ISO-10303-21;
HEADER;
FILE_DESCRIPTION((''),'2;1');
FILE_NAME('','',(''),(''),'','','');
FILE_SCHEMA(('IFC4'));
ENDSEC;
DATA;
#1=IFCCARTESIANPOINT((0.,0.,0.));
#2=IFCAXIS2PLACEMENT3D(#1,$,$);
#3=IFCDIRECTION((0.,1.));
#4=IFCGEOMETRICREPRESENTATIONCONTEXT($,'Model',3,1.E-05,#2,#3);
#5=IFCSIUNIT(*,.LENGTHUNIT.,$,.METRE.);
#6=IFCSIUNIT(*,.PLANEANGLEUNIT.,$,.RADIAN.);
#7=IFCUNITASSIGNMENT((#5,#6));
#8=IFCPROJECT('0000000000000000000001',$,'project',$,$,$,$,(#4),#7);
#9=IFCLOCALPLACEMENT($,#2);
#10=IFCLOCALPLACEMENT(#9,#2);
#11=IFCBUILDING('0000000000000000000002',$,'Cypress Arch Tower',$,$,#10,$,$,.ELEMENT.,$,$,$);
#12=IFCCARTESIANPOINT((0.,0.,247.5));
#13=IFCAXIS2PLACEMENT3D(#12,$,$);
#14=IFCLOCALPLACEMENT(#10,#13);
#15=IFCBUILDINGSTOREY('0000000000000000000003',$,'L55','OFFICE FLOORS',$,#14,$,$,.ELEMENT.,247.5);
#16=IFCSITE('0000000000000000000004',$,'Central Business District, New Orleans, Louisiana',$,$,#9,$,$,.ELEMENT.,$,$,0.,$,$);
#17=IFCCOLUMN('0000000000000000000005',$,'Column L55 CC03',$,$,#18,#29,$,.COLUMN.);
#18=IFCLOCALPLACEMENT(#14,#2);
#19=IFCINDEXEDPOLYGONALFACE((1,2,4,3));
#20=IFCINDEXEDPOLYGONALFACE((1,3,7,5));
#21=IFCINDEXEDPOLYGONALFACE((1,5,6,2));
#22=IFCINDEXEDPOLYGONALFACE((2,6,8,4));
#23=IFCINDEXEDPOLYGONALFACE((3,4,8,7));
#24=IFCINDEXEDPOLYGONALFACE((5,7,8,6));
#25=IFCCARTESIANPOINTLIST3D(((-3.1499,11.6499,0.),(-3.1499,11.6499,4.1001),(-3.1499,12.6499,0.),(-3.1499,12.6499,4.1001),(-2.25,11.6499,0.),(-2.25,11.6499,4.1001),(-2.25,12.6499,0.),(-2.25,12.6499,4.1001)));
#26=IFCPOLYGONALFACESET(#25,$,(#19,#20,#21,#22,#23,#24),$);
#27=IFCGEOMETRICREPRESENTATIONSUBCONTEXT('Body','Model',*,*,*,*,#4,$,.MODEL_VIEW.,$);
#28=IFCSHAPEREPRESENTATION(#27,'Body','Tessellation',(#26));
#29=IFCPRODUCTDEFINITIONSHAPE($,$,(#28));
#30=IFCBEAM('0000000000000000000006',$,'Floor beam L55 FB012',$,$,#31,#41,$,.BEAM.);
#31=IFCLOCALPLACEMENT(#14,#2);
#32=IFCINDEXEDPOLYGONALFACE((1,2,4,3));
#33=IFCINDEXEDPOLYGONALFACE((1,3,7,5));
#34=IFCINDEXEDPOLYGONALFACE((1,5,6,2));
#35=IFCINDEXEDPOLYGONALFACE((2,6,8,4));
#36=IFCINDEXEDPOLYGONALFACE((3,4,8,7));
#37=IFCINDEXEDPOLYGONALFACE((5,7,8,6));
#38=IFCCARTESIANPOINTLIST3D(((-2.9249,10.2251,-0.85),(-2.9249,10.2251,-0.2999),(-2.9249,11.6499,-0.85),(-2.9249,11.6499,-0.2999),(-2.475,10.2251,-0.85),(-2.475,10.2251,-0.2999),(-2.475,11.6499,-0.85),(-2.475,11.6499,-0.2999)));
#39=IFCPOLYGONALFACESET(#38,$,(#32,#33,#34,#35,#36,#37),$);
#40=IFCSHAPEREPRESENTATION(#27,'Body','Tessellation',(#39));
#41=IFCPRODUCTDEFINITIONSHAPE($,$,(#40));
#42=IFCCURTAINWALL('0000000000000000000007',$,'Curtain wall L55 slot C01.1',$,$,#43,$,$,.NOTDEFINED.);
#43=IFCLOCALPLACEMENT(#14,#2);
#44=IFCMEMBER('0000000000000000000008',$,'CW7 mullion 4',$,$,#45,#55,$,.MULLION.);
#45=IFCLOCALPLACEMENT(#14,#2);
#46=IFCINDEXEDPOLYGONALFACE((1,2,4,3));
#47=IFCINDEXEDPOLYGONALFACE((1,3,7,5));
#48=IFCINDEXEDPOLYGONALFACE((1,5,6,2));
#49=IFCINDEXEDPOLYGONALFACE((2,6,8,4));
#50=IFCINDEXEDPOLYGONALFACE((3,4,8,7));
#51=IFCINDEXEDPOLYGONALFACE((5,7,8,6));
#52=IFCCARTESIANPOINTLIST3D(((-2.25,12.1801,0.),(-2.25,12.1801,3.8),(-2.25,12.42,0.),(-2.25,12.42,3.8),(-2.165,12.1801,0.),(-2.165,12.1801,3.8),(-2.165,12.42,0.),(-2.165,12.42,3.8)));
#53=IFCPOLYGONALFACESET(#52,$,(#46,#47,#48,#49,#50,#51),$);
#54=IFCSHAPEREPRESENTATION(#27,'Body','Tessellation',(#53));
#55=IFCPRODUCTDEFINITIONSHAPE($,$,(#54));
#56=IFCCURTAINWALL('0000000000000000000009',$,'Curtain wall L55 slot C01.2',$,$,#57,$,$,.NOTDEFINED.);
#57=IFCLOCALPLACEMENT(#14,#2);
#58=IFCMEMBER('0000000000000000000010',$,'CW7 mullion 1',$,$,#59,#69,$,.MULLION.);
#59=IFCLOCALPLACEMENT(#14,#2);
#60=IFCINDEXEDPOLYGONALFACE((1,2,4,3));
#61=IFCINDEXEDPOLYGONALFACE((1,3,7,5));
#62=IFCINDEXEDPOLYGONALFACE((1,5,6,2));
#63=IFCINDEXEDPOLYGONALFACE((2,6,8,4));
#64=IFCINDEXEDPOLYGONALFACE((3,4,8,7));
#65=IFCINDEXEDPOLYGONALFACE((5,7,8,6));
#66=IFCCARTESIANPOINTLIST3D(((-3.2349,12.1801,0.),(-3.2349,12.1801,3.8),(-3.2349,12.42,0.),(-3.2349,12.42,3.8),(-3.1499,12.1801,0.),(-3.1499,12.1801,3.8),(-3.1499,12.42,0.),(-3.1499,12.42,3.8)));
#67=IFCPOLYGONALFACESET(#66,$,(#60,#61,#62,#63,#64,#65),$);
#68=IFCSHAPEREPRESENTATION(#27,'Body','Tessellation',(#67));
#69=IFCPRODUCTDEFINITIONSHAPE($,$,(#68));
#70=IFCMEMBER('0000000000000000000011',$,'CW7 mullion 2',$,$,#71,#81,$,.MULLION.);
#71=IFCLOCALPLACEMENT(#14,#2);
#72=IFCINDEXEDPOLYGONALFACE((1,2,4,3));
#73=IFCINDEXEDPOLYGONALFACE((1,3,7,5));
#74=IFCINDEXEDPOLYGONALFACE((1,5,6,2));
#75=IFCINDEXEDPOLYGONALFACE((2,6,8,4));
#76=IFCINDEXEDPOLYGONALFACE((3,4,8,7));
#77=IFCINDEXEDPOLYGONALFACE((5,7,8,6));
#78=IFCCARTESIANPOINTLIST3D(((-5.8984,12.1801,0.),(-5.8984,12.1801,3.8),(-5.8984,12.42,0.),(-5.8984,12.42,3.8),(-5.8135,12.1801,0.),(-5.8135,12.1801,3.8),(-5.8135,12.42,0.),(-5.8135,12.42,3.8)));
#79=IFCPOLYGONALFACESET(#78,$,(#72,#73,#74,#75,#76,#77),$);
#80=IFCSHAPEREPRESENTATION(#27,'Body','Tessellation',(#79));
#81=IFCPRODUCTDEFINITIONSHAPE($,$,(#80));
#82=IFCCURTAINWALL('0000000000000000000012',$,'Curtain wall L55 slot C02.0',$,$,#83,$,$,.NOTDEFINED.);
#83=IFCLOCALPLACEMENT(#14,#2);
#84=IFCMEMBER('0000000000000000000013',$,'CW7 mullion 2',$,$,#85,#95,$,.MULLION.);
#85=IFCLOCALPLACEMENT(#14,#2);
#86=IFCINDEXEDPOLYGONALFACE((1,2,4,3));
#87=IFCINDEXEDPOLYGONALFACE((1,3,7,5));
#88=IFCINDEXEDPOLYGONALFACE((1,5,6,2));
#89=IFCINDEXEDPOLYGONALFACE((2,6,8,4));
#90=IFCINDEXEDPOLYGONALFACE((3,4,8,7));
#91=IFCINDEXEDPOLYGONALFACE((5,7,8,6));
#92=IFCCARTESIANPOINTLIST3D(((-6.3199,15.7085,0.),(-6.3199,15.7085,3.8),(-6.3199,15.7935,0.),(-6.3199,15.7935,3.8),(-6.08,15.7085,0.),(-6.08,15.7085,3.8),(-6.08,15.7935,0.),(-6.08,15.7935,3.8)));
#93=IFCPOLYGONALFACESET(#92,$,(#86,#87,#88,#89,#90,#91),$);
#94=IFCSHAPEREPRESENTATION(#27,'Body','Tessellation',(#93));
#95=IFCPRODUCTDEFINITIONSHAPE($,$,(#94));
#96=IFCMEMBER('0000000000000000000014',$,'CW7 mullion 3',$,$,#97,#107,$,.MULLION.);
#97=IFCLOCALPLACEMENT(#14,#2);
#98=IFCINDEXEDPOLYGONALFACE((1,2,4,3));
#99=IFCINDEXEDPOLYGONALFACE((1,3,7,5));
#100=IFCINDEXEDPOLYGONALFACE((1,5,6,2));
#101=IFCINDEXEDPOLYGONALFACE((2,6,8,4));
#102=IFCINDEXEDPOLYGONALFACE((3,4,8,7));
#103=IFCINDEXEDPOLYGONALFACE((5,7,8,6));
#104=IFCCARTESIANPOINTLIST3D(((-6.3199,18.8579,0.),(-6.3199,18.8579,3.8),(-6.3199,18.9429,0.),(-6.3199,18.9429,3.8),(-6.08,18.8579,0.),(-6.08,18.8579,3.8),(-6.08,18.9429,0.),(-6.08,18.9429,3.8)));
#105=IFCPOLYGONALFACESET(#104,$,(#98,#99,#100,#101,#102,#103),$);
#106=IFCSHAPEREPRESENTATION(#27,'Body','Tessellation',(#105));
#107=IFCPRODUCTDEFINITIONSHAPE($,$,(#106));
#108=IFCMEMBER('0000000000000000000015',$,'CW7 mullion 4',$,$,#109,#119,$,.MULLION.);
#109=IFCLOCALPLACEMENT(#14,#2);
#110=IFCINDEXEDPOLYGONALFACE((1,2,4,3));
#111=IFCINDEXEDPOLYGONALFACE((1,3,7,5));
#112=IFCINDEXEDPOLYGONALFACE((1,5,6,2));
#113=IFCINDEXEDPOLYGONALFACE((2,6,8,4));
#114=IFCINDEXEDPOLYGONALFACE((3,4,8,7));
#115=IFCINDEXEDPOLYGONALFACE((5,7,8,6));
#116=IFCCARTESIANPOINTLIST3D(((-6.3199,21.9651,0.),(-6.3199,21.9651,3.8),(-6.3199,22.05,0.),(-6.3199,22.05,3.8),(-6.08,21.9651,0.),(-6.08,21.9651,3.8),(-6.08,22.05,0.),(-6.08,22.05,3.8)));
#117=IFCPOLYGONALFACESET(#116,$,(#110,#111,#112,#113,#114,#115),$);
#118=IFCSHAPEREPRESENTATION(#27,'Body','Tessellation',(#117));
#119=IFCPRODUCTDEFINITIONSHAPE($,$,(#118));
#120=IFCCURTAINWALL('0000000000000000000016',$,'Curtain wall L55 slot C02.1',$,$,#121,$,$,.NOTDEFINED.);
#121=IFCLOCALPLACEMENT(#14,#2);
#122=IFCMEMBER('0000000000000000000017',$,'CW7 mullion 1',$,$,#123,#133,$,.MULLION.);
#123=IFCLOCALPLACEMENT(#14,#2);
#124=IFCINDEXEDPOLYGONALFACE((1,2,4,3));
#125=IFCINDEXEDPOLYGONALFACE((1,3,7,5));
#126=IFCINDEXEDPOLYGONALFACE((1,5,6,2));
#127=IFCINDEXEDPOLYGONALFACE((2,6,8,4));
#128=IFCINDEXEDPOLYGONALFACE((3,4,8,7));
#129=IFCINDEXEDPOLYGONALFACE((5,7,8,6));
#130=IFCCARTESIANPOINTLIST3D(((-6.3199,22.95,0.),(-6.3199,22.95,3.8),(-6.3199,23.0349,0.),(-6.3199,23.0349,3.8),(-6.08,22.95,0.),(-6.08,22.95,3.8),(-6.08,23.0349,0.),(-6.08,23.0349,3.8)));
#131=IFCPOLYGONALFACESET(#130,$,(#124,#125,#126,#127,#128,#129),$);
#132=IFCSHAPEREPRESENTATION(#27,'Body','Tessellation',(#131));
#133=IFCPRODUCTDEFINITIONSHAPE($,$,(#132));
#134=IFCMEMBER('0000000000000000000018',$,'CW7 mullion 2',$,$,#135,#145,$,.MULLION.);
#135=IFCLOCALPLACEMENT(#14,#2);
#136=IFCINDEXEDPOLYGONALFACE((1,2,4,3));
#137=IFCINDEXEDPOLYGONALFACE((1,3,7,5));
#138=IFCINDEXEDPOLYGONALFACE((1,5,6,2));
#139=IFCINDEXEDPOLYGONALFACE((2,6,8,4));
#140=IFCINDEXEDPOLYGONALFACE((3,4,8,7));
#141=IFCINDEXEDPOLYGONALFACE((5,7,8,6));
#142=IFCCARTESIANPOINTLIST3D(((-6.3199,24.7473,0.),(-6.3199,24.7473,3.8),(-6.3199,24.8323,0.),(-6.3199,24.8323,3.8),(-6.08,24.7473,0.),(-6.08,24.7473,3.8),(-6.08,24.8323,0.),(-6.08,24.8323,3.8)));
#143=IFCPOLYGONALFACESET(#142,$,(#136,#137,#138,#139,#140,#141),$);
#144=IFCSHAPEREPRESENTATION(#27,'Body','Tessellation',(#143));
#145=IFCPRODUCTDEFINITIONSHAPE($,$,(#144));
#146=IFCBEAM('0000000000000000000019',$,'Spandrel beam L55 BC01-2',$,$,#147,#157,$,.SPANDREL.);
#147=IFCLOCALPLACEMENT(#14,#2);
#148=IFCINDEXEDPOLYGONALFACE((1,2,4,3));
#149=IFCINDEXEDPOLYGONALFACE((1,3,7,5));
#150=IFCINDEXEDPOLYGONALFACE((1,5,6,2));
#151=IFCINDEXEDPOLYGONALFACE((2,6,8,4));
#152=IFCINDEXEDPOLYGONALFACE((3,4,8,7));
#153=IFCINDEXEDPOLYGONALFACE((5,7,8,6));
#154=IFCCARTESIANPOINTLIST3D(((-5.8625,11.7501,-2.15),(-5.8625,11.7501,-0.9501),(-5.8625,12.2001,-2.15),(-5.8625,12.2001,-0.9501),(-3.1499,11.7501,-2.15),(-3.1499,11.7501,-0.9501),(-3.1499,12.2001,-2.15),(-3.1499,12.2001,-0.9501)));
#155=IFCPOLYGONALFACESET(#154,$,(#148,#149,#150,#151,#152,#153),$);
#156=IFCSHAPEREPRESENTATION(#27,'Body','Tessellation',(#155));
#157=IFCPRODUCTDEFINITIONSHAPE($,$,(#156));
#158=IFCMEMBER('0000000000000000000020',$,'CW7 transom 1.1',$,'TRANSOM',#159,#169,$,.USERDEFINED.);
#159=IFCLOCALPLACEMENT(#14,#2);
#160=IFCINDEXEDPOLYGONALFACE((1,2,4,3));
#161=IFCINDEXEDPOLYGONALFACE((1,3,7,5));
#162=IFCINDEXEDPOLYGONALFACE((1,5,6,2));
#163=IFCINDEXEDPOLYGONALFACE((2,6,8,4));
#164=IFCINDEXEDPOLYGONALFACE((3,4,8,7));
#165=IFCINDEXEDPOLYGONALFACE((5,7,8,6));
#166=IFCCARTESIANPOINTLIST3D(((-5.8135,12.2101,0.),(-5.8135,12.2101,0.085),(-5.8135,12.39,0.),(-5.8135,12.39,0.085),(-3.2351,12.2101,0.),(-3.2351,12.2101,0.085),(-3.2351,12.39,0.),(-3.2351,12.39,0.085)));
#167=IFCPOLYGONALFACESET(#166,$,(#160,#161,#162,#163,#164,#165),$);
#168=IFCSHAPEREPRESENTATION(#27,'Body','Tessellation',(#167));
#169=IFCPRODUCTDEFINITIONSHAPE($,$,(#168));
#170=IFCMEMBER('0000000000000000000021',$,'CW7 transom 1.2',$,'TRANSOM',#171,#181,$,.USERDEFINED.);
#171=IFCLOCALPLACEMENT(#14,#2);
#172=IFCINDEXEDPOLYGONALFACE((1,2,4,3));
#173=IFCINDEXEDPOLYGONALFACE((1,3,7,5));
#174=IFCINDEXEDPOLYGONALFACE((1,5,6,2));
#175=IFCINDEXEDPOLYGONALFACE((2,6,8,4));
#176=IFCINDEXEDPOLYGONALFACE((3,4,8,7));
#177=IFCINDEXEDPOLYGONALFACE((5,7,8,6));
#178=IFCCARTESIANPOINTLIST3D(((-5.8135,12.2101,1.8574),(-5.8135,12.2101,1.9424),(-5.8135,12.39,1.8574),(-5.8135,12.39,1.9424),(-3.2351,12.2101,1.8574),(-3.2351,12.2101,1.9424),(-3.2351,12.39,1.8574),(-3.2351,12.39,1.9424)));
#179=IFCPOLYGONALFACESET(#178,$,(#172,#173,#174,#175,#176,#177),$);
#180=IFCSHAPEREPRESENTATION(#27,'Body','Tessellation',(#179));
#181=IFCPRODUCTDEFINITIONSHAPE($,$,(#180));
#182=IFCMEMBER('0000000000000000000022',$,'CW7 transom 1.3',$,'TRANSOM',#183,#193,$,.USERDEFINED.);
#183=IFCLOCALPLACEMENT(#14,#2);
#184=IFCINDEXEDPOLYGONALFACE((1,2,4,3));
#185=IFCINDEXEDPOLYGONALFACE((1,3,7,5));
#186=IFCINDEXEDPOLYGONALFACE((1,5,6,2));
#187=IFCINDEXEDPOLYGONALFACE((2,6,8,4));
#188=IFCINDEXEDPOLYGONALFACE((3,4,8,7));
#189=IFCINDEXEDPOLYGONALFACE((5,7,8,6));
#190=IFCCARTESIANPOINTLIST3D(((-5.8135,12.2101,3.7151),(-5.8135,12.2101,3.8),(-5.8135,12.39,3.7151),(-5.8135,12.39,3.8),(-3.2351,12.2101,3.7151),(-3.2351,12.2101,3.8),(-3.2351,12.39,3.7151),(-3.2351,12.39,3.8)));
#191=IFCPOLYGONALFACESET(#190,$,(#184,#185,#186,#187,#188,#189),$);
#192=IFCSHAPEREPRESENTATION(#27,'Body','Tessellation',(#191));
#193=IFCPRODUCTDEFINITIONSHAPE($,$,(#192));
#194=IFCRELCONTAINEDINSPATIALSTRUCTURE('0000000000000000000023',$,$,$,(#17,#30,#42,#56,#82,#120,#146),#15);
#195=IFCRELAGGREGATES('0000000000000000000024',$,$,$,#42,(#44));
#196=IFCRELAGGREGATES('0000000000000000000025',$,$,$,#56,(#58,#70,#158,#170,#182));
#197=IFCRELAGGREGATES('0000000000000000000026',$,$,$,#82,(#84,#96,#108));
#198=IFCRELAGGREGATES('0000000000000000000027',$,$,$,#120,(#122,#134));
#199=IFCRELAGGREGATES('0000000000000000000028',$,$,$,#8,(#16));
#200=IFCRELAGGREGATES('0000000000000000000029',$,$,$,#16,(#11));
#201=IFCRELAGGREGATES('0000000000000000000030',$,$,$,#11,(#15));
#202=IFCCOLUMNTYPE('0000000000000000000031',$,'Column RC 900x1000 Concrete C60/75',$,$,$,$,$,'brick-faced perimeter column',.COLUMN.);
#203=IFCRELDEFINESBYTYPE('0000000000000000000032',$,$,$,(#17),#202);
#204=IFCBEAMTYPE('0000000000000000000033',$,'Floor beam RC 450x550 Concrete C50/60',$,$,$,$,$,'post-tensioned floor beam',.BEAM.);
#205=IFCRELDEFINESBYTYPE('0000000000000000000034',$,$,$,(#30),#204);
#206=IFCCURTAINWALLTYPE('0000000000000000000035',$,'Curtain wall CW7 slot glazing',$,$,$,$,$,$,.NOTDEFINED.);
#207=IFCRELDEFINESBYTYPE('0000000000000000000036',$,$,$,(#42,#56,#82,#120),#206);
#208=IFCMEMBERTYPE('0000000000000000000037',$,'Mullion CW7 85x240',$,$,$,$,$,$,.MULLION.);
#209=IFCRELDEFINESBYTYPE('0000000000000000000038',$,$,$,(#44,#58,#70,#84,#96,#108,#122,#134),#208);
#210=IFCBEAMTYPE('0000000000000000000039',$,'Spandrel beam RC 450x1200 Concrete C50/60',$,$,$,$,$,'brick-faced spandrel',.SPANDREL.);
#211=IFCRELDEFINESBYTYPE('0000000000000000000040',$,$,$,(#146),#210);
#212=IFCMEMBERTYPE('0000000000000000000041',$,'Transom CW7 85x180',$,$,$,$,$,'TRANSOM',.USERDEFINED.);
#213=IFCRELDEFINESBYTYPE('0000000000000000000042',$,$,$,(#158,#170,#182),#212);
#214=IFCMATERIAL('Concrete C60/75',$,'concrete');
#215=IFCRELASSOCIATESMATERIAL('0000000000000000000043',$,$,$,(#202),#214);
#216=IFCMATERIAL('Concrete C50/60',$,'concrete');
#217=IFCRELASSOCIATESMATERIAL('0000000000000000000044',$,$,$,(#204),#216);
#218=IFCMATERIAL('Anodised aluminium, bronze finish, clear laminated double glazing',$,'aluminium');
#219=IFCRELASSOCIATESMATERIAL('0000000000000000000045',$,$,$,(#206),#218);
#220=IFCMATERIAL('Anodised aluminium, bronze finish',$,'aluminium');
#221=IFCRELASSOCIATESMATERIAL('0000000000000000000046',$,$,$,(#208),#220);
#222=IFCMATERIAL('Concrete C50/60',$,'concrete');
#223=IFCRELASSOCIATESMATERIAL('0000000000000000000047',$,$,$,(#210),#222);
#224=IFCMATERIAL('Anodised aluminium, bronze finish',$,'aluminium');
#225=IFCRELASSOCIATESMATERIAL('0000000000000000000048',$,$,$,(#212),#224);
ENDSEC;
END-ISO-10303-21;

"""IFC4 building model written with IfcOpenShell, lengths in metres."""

from ifc_helpers import new_model, si_unit, direction, frame, origin, origin_2d, place, context, subcontext, project, spatial, rectangle, extrude, material, material_profile, profile_set, type_object, element, aggregate, save


model = new_model("IFC4")

# Units and contexts
model_context = context("Model", 3, precision=1e-05, world=origin(), true_north=direction((0.0, 1.0)))
body_context = subcontext(model_context, "Body", "Model", "MODEL_VIEW")
ifc_project = project(units=[si_unit("LENGTHUNIT", "METRE"), si_unit("PLANEANGLEUNIT", "RADIAN")], contexts=[model_context])

# Site, building, storey
site_placement = place(None, origin())
site = spatial("IfcSite", under=ifc_project, at=site_placement, Name="Central Business District, New Orleans, Louisiana", CompositionType="ELEMENT", RefElevation=0.0)
building_placement = place(site_placement, origin())
building = spatial("IfcBuilding", under=site, at=building_placement, Name="Cypress Arch Tower", CompositionType="ELEMENT")
storey_placement = place(building_placement, frame((0.0, 0.0, 247.5)))
storey = spatial("IfcBuildingStorey", under=building, at=storey_placement, Name="L55", Description="OFFICE FLOORS", CompositionType="ELEMENT", Elevation=247.5)

# Column
ifc_material_1 = material(Name="Concrete C60/75", Category="concrete")
ifc_material_profile_1 = material_profile(ifc_material_1, rectangle(XDim=0.8999, YDim=1.0, at=origin_2d()), Name="RC 900x1000")
ifc_profile_set_1 = profile_set([ifc_material_profile_1], Name="Concrete C60/75")
column_type = type_object("IfcColumnType", Name="Column RC 900x1000 Concrete C60/75", ElementType="brick-faced perimeter column", PredefinedType="COLUMN", material=ifc_profile_set_1)
column_placement = place(storey_placement, frame((-2.7, 12.1499, 0.0), z_axis=(0.0, 0.0, 1.0), x_axis=(-1.0, 0.0, 0.0)))
element("IfcColumn", 1, at=column_placement, inside=storey, type_object=column_type, Name="Column L55 CC03", PredefinedType="COLUMN", context=body_context, shape_type="SweptSolid", body=[
    extrude(rectangle(XDim=0.8999, YDim=1.0, at=origin_2d()), origin(), (0.0, 0.0, 1.0), 4.1001),
])

# Beam
ifc_material_2 = material(Name="Concrete C50/60", Category="concrete")
ifc_material_profile_2 = material_profile(ifc_material_2, rectangle(XDim=0.45, YDim=0.55, at=origin_2d()), Name="RC 450x550")
ifc_profile_set_2 = profile_set([ifc_material_profile_2], Name="Concrete C50/60")
beam_type_1 = type_object("IfcBeamType", Name="Floor beam RC 450x550 Concrete C50/60", ElementType="post-tensioned floor beam", PredefinedType="BEAM", material=ifc_profile_set_2)
beam_1_placement = place(storey_placement, frame((-2.7, 10.2251, -0.575), z_axis=(0.0, 1.0, 0.0), x_axis=(-1.0, 0.0, 0.0)))
element("IfcBeam", 2, at=beam_1_placement, inside=storey, type_object=beam_type_1, Name="Floor beam L55 FB012", PredefinedType="BEAM", context=body_context, shape_type="SweptSolid", body=[
    extrude(rectangle(XDim=0.45, YDim=0.55, at=origin_2d()), origin(), (0.0, 0.0, 1.0), 1.4248),
])

# Curtain wall, member
ifc_material_3 = material(Name="Anodised aluminium, bronze finish, clear laminated double glazing", Category="aluminium")
curtain_wall_type = type_object("IfcCurtainWallType", Name="Curtain wall CW7 slot glazing", PredefinedType="NOTDEFINED", material=ifc_material_3)
curtain_wall_1_placement = place(storey_placement, origin())
curtain_wall_1 = element("IfcCurtainWall", 3, at=curtain_wall_1_placement, inside=storey, type_object=curtain_wall_type, Name="Curtain wall L55 slot C01.1", PredefinedType="NOTDEFINED")
ifc_material_4 = material(Name="Anodised aluminium, bronze finish", Category="aluminium")
ifc_material_profile_3 = material_profile(ifc_material_4, rectangle(XDim=0.24, YDim=0.085, at=origin_2d()), Name="Mullion 85x240")
ifc_profile_set_3 = profile_set([ifc_material_profile_3], Name="Anodised aluminium, bronze finish")
member_type_1 = type_object("IfcMemberType", Name="Mullion CW7 85x240", PredefinedType="MULLION", material=ifc_profile_set_3)
member_1_placement = place(storey_placement, frame((-2.2075, 12.3, 0.0), z_axis=(0.0, 0.0, 1.0), x_axis=(0.0, -1.0, 0.0)))
member_1 = element("IfcMember", 4, at=member_1_placement, type_object=member_type_1, Name="CW7 mullion 4", PredefinedType="MULLION", context=body_context, shape_type="SweptSolid", body=[
    extrude(rectangle(XDim=0.24, YDim=0.085, at=origin_2d()), origin(), (0.0, 0.0, 1.0), 3.8),
])

# Curtain walls, members
curtain_wall_2_placement = place(storey_placement, origin())
curtain_wall_2 = element("IfcCurtainWall", 5, at=curtain_wall_2_placement, inside=storey, type_object=curtain_wall_type, Name="Curtain wall L55 slot C01.2", PredefinedType="NOTDEFINED")
member_2_placement = place(storey_placement, frame((-3.1924, 12.3, 0.0), z_axis=(0.0, 0.0, 1.0), x_axis=(0.0, -1.0, 0.0)))
member_2 = element("IfcMember", 6, at=member_2_placement, type_object=member_type_1, Name="CW7 mullion 1", PredefinedType="MULLION", context=body_context, shape_type="SweptSolid", body=[
    extrude(rectangle(XDim=0.24, YDim=0.085, at=origin_2d()), origin(), (0.0, 0.0, 1.0), 3.8),
])
member_3_placement = place(storey_placement, frame((-5.856, 12.3, 0.0), z_axis=(0.0, 0.0, 1.0), x_axis=(0.0, -1.0, 0.0)))
member_3 = element("IfcMember", 7, at=member_3_placement, type_object=member_type_1, Name="CW7 mullion 2", PredefinedType="MULLION", context=body_context, shape_type="SweptSolid", body=[
    extrude(rectangle(XDim=0.24, YDim=0.085, at=origin_2d()), origin(), (0.0, 0.0, 1.0), 3.8),
])
curtain_wall_3_placement = place(storey_placement, origin())
curtain_wall_3 = element("IfcCurtainWall", 8, at=curtain_wall_3_placement, inside=storey, type_object=curtain_wall_type, Name="Curtain wall L55 slot C02.0", PredefinedType="NOTDEFINED")
member_4_placement = place(storey_placement, frame((-6.2, 15.751, 0.0), z_axis=(0.0, 0.0, 1.0), x_axis=(-1.0, 0.0, 0.0)))
member_4 = element("IfcMember", 9, at=member_4_placement, type_object=member_type_1, Name="CW7 mullion 2", PredefinedType="MULLION", context=body_context, shape_type="SweptSolid", body=[
    extrude(rectangle(XDim=0.24, YDim=0.085, at=origin_2d()), origin(), (0.0, 0.0, 1.0), 3.8),
])
member_5_placement = place(storey_placement, frame((-6.2, 18.9004, 0.0), z_axis=(0.0, 0.0, 1.0), x_axis=(-1.0, 0.0, 0.0)))
member_5 = element("IfcMember", 10, at=member_5_placement, type_object=member_type_1, Name="CW7 mullion 3", PredefinedType="MULLION", context=body_context, shape_type="SweptSolid", body=[
    extrude(rectangle(XDim=0.24, YDim=0.085, at=origin_2d()), origin(), (0.0, 0.0, 1.0), 3.8),
])
member_6_placement = place(storey_placement, frame((-6.2, 22.0076, 0.0), z_axis=(0.0, 0.0, 1.0), x_axis=(-1.0, 0.0, 0.0)))
member_6 = element("IfcMember", 11, at=member_6_placement, type_object=member_type_1, Name="CW7 mullion 4", PredefinedType="MULLION", context=body_context, shape_type="SweptSolid", body=[
    extrude(rectangle(XDim=0.24, YDim=0.085, at=origin_2d()), origin(), (0.0, 0.0, 1.0), 3.8),
])
curtain_wall_4_placement = place(storey_placement, origin())
curtain_wall_4 = element("IfcCurtainWall", 12, at=curtain_wall_4_placement, inside=storey, type_object=curtain_wall_type, Name="Curtain wall L55 slot C02.1", PredefinedType="NOTDEFINED")
member_7_placement = place(storey_placement, frame((-6.2, 22.9924, 0.0), z_axis=(0.0, 0.0, 1.0), x_axis=(-1.0, 0.0, 0.0)))
member_7 = element("IfcMember", 13, at=member_7_placement, type_object=member_type_1, Name="CW7 mullion 1", PredefinedType="MULLION", context=body_context, shape_type="SweptSolid", body=[
    extrude(rectangle(XDim=0.24, YDim=0.085, at=origin_2d()), origin(), (0.0, 0.0, 1.0), 3.8),
])
member_8_placement = place(storey_placement, frame((-6.2, 24.7898, 0.0), z_axis=(0.0, 0.0, 1.0), x_axis=(-1.0, 0.0, 0.0)))
member_8 = element("IfcMember", 14, at=member_8_placement, type_object=member_type_1, Name="CW7 mullion 2", PredefinedType="MULLION", context=body_context, shape_type="SweptSolid", body=[
    extrude(rectangle(XDim=0.24, YDim=0.085, at=origin_2d()), origin(), (0.0, 0.0, 1.0), 3.8),
])

# Beam
ifc_material_5 = material(Name="Concrete C50/60", Category="concrete")
ifc_material_profile_4 = material_profile(ifc_material_5, rectangle(XDim=0.45, YDim=1.2, at=origin_2d()), Name="RC 450x1200")
ifc_profile_set_4 = profile_set([ifc_material_profile_4], Name="Concrete C50/60")
beam_type_2 = type_object("IfcBeamType", Name="Spandrel beam RC 450x1200 Concrete C50/60", ElementType="brick-faced spandrel", PredefinedType="SPANDREL", material=ifc_profile_set_4)
beam_2_placement = place(storey_placement, frame((-3.1499, 11.9751, -1.55), z_axis=(-1.0, 0.0, 0.0), x_axis=(0.0, -1.0, 0.0)))
element("IfcBeam", 15, at=beam_2_placement, inside=storey, type_object=beam_type_2, Name="Spandrel beam L55 BC01-2", PredefinedType="SPANDREL", context=body_context, shape_type="SweptSolid", body=[
    extrude(rectangle(XDim=0.45, YDim=1.2, at=origin_2d()), origin(), (0.0, 0.0, 1.0), 2.7126),
])

# Members
ifc_material_6 = material(Name="Anodised aluminium, bronze finish", Category="aluminium")
ifc_material_profile_5 = material_profile(ifc_material_6, rectangle(XDim=0.1799, YDim=0.085, at=origin_2d()), Name="Transom 85x180")
ifc_profile_set_5 = profile_set([ifc_material_profile_5], Name="Anodised aluminium, bronze finish")
member_type_2 = type_object("IfcMemberType", Name="Transom CW7 85x180", ElementType="TRANSOM", PredefinedType="USERDEFINED", material=ifc_profile_set_5)
member_9_placement = place(storey_placement, frame((-3.2351, 12.3, 0.0425), z_axis=(-1.0, 0.0, 0.0), x_axis=(0.0, -1.0, 0.0)))
member_9 = element("IfcMember", 16, at=member_9_placement, type_object=member_type_2, Name="CW7 transom 1.1", ObjectType="TRANSOM", PredefinedType="USERDEFINED", context=body_context, shape_type="SweptSolid", body=[
    extrude(rectangle(XDim=0.1799, YDim=0.085, at=origin_2d()), origin(), (0.0, 0.0, 1.0), 2.5784),
])
member_10_placement = place(storey_placement, frame((-3.2351, 12.3, 1.8999), z_axis=(-1.0, 0.0, 0.0), x_axis=(0.0, -1.0, 0.0)))
member_10 = element("IfcMember", 17, at=member_10_placement, type_object=member_type_2, Name="CW7 transom 1.2", ObjectType="TRANSOM", PredefinedType="USERDEFINED", context=body_context, shape_type="SweptSolid", body=[
    extrude(rectangle(XDim=0.1799, YDim=0.085, at=origin_2d()), origin(), (0.0, 0.0, 1.0), 2.5784),
])
member_11_placement = place(storey_placement, frame((-3.2351, 12.3, 3.7576), z_axis=(-1.0, 0.0, 0.0), x_axis=(0.0, -1.0, 0.0)))
member_11 = element("IfcMember", 18, at=member_11_placement, type_object=member_type_2, Name="CW7 transom 1.3", ObjectType="TRANSOM", PredefinedType="USERDEFINED", context=body_context, shape_type="SweptSolid", body=[
    extrude(rectangle(XDim=0.1799, YDim=0.085, at=origin_2d()), origin(), (0.0, 0.0, 1.0), 2.5784),
])

aggregate(curtain_wall_1, [member_1])
aggregate(curtain_wall_2, [member_2, member_3, member_9, member_10, member_11])
aggregate(curtain_wall_3, [member_4, member_5, member_6])
aggregate(curtain_wall_4, [member_7, member_8])

save(model, "model.ifc")
